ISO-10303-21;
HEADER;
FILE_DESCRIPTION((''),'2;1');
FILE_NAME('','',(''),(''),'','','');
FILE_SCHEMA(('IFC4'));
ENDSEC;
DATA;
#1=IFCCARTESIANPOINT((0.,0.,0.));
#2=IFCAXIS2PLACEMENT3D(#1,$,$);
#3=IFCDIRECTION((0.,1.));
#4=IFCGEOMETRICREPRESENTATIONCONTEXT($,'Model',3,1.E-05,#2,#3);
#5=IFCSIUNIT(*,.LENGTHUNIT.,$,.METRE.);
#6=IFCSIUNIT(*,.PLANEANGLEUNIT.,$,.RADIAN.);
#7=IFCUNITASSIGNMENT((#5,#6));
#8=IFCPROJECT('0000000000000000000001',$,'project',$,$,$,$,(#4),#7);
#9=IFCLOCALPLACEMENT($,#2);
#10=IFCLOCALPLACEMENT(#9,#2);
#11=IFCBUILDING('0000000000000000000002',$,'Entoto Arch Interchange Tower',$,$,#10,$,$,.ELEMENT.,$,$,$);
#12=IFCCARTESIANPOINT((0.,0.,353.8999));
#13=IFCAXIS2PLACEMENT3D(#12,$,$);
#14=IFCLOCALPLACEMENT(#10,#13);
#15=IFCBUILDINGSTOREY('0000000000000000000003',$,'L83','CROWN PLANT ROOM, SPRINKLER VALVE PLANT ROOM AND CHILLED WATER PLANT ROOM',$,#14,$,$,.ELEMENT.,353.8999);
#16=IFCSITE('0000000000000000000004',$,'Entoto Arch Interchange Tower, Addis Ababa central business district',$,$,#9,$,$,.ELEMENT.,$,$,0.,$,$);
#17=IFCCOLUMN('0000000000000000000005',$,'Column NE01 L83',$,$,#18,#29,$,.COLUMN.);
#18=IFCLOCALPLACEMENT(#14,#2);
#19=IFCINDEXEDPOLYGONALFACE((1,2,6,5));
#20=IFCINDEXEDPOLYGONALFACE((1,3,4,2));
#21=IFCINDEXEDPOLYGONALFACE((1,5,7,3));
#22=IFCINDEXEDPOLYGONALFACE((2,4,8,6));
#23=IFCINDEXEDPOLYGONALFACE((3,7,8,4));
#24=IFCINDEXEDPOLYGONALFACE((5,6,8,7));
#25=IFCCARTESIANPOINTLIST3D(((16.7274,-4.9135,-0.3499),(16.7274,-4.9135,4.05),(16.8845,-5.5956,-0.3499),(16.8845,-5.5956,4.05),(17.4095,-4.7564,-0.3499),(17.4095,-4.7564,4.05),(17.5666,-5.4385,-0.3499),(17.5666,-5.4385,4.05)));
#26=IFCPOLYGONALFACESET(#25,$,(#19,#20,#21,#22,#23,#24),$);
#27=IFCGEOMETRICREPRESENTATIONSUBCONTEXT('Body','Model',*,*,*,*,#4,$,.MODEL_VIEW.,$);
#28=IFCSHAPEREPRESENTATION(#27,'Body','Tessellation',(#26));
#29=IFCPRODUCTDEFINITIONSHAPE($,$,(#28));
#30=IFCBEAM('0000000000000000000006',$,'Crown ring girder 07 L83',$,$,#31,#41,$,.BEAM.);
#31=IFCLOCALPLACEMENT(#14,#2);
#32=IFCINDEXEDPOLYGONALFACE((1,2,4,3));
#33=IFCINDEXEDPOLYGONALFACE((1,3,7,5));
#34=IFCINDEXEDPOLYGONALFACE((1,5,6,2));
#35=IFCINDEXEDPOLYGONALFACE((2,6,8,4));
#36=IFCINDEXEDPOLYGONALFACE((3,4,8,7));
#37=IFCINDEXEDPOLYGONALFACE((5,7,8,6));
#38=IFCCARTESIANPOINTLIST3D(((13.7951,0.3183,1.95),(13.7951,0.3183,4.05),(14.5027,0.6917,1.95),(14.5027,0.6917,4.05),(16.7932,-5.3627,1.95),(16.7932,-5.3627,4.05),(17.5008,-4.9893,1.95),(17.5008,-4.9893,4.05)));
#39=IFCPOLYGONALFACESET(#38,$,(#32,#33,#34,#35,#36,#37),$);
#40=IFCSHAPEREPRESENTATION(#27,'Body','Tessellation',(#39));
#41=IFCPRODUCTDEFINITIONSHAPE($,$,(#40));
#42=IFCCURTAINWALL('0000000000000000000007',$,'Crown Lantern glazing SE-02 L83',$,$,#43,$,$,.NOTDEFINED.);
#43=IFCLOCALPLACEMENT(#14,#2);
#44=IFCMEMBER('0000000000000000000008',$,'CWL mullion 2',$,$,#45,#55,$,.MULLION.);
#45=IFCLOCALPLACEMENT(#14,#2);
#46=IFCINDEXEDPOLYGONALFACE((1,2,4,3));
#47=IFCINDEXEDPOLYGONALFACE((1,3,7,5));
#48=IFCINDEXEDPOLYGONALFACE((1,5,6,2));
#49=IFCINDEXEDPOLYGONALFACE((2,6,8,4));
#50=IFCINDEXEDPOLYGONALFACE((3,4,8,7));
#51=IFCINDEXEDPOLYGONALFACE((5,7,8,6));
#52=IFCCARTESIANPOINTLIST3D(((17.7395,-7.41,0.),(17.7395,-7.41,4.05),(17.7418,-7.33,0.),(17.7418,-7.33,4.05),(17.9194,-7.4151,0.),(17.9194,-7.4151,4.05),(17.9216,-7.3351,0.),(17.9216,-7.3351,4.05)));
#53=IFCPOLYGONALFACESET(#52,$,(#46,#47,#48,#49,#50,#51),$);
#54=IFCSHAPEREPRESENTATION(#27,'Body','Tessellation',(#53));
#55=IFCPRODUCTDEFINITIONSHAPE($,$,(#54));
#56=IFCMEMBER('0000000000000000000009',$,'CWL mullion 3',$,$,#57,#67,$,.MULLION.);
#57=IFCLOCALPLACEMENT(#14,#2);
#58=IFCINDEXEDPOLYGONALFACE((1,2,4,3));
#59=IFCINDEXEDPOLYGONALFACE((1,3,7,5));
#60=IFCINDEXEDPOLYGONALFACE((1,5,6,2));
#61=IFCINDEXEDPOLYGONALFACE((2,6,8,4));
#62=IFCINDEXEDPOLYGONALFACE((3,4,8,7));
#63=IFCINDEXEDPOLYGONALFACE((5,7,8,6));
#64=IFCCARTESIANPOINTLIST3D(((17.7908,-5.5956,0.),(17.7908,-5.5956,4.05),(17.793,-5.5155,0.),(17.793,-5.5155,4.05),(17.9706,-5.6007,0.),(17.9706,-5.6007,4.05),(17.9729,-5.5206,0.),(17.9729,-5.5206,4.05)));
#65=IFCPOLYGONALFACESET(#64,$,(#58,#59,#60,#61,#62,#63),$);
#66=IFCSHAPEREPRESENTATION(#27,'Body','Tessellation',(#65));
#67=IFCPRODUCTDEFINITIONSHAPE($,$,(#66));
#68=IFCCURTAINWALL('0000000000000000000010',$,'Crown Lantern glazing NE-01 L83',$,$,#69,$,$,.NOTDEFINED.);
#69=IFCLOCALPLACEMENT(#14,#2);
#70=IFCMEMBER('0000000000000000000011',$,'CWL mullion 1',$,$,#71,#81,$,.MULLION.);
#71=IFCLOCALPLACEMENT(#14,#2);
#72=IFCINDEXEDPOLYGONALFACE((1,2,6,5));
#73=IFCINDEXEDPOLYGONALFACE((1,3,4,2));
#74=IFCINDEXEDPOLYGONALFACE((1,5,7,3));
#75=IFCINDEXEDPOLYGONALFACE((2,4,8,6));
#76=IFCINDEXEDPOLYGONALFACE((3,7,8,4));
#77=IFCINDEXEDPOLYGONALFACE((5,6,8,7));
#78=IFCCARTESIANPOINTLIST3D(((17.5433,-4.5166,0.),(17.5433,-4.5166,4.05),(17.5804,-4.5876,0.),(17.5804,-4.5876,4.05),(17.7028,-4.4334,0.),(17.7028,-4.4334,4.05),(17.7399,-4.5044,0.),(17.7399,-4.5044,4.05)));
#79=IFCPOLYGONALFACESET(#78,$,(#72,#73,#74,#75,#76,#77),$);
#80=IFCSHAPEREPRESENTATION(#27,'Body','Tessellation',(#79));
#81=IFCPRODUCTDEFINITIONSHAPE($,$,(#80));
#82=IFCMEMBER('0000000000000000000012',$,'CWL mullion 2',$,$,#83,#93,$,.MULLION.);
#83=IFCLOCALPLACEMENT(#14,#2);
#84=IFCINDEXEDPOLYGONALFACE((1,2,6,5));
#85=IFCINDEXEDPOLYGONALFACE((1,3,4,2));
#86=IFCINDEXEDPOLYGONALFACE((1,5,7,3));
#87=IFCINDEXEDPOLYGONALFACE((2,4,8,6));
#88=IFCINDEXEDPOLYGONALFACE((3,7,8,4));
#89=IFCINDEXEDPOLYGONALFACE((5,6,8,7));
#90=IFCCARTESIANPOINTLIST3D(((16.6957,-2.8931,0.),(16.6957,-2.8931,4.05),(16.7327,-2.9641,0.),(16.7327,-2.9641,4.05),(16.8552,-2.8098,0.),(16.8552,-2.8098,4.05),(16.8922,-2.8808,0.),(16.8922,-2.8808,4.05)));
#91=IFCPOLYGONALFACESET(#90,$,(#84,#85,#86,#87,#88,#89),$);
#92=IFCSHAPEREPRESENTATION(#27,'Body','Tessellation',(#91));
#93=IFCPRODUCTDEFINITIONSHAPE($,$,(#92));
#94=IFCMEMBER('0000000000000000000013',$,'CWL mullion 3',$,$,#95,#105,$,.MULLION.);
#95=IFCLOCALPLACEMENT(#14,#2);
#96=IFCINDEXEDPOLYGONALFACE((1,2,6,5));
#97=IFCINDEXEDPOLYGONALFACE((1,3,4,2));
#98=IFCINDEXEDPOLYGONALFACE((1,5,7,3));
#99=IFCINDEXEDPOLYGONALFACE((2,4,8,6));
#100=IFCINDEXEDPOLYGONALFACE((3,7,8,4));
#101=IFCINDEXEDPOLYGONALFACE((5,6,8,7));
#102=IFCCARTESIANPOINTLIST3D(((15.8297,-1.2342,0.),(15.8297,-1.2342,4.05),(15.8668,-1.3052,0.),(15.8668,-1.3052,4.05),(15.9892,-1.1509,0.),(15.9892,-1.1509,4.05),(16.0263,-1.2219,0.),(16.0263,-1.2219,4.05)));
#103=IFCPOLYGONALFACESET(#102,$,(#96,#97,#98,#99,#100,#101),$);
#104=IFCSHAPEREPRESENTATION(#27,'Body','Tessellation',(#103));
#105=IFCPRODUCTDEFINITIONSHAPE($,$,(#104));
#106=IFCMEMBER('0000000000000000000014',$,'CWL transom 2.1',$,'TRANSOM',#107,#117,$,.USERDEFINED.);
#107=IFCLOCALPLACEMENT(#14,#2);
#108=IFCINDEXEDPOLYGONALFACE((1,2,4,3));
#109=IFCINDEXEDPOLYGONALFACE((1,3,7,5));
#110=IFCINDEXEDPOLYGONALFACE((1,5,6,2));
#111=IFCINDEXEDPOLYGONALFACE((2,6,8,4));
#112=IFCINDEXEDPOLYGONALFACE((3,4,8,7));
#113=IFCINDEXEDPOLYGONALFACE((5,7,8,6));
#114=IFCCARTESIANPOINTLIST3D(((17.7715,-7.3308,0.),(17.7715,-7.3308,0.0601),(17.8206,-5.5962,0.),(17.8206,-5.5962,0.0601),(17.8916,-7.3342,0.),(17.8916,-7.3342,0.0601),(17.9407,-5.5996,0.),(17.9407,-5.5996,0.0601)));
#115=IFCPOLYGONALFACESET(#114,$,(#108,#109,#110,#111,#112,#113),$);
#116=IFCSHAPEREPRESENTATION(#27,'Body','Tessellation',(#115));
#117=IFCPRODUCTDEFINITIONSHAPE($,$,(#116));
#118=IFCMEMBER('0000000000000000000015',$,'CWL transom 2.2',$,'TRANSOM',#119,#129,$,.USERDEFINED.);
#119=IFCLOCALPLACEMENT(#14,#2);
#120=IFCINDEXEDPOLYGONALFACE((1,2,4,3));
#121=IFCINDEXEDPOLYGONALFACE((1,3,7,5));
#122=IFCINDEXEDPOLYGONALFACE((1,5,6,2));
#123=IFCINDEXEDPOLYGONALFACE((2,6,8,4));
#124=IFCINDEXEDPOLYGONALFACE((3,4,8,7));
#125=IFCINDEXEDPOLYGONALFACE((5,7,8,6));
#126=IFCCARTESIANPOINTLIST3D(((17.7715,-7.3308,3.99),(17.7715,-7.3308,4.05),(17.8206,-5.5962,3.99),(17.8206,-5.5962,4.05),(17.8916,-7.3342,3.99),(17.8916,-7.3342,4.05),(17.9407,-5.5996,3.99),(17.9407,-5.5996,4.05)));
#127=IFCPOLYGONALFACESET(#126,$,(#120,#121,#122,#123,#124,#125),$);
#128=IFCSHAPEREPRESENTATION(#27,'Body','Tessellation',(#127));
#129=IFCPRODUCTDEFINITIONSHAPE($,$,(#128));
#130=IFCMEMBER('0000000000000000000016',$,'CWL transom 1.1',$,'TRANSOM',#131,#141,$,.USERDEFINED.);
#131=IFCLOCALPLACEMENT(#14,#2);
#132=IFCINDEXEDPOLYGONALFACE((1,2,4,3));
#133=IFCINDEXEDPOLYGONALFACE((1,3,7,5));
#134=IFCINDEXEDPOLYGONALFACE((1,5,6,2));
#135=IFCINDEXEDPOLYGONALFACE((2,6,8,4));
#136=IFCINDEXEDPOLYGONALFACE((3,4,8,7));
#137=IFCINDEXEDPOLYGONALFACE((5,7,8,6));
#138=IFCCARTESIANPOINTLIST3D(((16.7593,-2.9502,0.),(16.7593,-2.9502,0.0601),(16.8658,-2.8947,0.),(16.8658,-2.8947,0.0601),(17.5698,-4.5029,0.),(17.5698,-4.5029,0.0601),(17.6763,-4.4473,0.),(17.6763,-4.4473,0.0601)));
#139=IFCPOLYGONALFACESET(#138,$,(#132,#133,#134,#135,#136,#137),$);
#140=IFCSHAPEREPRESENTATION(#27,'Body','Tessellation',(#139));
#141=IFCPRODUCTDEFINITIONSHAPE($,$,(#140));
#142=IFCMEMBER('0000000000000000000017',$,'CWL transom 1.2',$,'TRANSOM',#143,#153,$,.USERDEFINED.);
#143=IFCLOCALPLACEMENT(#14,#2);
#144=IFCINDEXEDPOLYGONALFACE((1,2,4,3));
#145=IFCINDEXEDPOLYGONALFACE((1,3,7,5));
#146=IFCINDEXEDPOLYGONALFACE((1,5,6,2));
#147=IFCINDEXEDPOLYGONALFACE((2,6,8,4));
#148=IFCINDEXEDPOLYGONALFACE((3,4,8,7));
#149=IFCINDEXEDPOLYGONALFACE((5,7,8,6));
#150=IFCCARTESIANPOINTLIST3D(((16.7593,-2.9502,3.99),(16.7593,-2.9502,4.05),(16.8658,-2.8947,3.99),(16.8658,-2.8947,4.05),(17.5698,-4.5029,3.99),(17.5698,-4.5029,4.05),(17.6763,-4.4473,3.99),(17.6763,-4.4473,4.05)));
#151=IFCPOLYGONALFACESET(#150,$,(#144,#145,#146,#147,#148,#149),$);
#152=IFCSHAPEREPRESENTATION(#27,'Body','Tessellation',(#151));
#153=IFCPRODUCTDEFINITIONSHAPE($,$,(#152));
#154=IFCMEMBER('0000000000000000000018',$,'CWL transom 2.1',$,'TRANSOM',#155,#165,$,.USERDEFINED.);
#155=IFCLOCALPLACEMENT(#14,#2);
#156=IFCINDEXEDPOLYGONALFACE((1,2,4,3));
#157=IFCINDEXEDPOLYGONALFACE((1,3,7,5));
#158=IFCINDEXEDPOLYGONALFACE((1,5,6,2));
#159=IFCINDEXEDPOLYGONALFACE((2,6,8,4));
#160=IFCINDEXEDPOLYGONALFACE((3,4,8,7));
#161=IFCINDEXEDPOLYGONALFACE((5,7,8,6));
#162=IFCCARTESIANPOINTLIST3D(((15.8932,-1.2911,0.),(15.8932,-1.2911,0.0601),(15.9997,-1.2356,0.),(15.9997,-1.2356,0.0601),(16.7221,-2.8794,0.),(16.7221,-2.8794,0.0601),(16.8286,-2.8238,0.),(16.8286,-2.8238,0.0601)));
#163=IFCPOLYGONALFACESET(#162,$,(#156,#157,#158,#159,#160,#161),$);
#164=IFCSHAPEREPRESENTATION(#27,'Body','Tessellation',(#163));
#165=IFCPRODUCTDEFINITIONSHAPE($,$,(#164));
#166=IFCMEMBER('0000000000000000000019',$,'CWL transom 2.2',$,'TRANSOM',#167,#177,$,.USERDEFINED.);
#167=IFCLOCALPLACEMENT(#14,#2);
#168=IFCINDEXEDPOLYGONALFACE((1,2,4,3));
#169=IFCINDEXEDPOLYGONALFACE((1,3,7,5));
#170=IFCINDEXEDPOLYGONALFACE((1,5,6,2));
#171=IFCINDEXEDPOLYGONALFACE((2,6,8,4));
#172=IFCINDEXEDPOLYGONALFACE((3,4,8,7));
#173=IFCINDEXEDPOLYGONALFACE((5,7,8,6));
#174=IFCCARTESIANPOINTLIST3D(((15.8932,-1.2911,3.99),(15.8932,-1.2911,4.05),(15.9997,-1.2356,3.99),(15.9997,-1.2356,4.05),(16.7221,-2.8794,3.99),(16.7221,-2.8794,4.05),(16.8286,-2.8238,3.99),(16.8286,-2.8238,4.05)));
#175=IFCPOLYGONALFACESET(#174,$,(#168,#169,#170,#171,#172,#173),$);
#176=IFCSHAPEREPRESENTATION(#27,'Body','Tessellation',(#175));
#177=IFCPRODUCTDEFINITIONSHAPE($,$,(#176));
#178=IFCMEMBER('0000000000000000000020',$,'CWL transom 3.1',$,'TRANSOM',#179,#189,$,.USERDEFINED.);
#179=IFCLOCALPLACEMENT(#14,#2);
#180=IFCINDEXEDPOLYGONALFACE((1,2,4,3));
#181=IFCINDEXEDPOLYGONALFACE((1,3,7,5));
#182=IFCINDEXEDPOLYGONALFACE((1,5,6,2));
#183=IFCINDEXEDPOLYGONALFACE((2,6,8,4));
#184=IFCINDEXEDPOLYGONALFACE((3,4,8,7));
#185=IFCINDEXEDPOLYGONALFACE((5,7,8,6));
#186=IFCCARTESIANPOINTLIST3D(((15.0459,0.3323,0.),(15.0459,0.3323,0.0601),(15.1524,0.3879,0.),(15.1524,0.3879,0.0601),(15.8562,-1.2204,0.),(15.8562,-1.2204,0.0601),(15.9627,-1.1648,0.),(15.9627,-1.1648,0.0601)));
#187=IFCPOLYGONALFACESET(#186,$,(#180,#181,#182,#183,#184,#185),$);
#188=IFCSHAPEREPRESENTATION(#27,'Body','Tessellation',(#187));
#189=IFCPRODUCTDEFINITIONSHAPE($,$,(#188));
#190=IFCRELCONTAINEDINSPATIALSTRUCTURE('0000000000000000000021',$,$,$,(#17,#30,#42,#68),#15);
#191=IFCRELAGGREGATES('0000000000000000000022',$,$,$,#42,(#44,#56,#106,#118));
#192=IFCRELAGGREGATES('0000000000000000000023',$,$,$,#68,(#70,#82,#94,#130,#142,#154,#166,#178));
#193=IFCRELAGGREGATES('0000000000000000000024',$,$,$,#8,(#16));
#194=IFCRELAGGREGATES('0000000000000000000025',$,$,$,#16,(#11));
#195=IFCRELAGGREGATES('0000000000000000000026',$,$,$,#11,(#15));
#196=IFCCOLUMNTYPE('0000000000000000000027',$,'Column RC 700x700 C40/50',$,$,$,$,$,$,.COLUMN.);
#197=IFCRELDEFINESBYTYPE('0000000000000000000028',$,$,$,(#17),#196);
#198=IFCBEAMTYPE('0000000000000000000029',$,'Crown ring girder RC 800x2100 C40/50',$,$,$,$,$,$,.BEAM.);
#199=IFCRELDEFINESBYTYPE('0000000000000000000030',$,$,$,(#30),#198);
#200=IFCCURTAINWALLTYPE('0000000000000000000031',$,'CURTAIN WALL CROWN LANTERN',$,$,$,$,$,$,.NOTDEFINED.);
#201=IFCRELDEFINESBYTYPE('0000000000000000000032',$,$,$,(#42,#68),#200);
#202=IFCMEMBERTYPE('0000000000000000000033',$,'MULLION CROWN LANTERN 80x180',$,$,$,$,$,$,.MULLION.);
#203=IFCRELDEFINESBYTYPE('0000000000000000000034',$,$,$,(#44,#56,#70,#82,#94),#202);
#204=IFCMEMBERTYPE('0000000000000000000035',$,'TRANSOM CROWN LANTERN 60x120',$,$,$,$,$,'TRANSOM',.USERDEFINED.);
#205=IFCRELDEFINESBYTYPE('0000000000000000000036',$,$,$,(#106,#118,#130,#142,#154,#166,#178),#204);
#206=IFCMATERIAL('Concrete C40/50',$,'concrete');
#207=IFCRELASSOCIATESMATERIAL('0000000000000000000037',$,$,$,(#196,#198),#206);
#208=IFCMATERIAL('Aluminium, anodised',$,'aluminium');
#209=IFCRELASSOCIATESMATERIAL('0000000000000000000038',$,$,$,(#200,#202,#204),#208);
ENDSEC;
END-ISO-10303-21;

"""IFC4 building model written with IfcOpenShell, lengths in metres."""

from ifc_helpers import new_model, si_unit, direction, frame, origin, origin_2d, place, context, subcontext, project, spatial, rectangle, extrude, material, material_profile, profile_set, type_object, element, aggregate, save


model = new_model("IFC4")

# Units and contexts
model_context = context("Model", 3, precision=1e-05, world=origin(), true_north=direction((0.0, 1.0)))
body_context = subcontext(model_context, "Body", "Model", "MODEL_VIEW")
ifc_project = project(units=[si_unit("LENGTHUNIT", "METRE"), si_unit("PLANEANGLEUNIT", "RADIAN")], contexts=[model_context])

# Site, building, storey
site_placement = place(None, origin())
site = spatial("IfcSite", under=ifc_project, at=site_placement, Name="Entoto Arch Interchange Tower, Addis Ababa central business district", CompositionType="ELEMENT", RefElevation=0.0)
building_placement = place(site_placement, origin())
building = spatial("IfcBuilding", under=site, at=building_placement, Name="Entoto Arch Interchange Tower", CompositionType="ELEMENT")
storey_placement = place(building_placement, frame((0.0, 0.0, 353.8999)))
storey = spatial("IfcBuildingStorey", under=building, at=storey_placement, Name="L83", Description="CROWN PLANT ROOM, SPRINKLER VALVE PLANT ROOM AND CHILLED WATER PLANT ROOM", CompositionType="ELEMENT", Elevation=353.8999)

# Column
ifc_material_1 = material(Name="Concrete C40/50", Category="concrete")
ifc_material_profile_1 = material_profile(ifc_material_1, rectangle(XDim=0.7, YDim=0.7, at=origin_2d()))
ifc_profile_set_1 = profile_set([ifc_material_profile_1], Name="Concrete C40/50")
column_type = type_object("IfcColumnType", Name="Column RC 700x700 C40/50", PredefinedType="COLUMN", material=ifc_profile_set_1)
column_placement = place(storey_placement, frame((17.147, -5.176, -0.3499), z_axis=(0.0, 0.0, 1.0), x_axis=(-0.224407, 0.974496, 0.0)))
element("IfcColumn", 1, at=column_placement, inside=storey, type_object=column_type, Name="Column NE01 L83", PredefinedType="COLUMN", context=body_context, shape_type="SweptSolid", body=[
    extrude(rectangle(XDim=0.7, YDim=0.7, at=origin_2d()), origin(), (0.0, 0.0, 1.0), 4.3999),
])

# Beam
ifc_material_profile_2 = material_profile(ifc_material_1, rectangle(XDim=0.8, YDim=2.1001, at=origin_2d()))
ifc_profile_set_2 = profile_set([ifc_material_profile_2], Name="Concrete C40/50")
beam_type = type_object("IfcBeamType", Name="Crown ring girder RC 800x2100 C40/50", PredefinedType="BEAM", material=ifc_profile_set_2)
beam_placement = place(storey_placement, frame((17.147, -5.176, 3.0), z_axis=(-0.466733, 0.884398, 0.0), x_axis=(-0.884398, -0.466733, 0.0)))
element("IfcBeam", 2, at=beam_placement, inside=storey, type_object=beam_type, Name="Crown ring girder 07 L83", PredefinedType="BEAM", context=body_context, shape_type="SweptSolid", body=[
    extrude(rectangle(XDim=0.8, YDim=2.1001, at=origin_2d()), origin(), (0.0, 0.0, 1.0), 6.4236),
])

# Curtain walls, members
ifc_material_2 = material(Name="Aluminium, anodised", Category="aluminium")
curtain_wall_type = type_object("IfcCurtainWallType", Name="CURTAIN WALL CROWN LANTERN", PredefinedType="NOTDEFINED", material=ifc_material_2)
curtain_wall_1_placement = place(storey_placement, origin())
curtain_wall_1 = element("IfcCurtainWall", 3, at=curtain_wall_1_placement, inside=storey, type_object=curtain_wall_type, Name="Crown Lantern glazing SE-02 L83", PredefinedType="NOTDEFINED")
ifc_material_profile_3 = material_profile(ifc_material_2, rectangle(XDim=0.1799, YDim=0.0801, at=origin_2d()))
ifc_profile_set_3 = profile_set([ifc_material_profile_3], Name="Aluminium, anodised")
member_type_1 = type_object("IfcMemberType", Name="MULLION CROWN LANTERN 80x180", PredefinedType="MULLION", material=ifc_profile_set_3)
member_1_placement = place(storey_placement, frame((17.8306, -7.3726, 0.0), z_axis=(0.0, 0.0, 1.0), x_axis=(-0.9996, 0.028298, 0.0)))
member_1 = element("IfcMember", 4, at=member_1_placement, type_object=member_type_1, Name="CWL mullion 2", PredefinedType="MULLION", context=body_context, shape_type="SweptSolid", body=[
    extrude(rectangle(XDim=0.1799, YDim=0.0801, at=origin_2d()), origin(), (0.0, 0.0, 1.0), 4.05),
])
member_2_placement = place(storey_placement, frame((17.8818, -5.5581, 0.0), z_axis=(0.0, 0.0, 1.0), x_axis=(-0.9996, 0.028298, 0.0)))
member_2 = element("IfcMember", 5, at=member_2_placement, type_object=member_type_1, Name="CWL mullion 3", PredefinedType="MULLION", context=body_context, shape_type="SweptSolid", body=[
    extrude(rectangle(XDim=0.1799, YDim=0.0801, at=origin_2d()), origin(), (0.0, 0.0, 1.0), 4.05),
])
curtain_wall_2_placement = place(storey_placement, origin())
curtain_wall_2 = element("IfcCurtainWall", 6, at=curtain_wall_2_placement, inside=storey, type_object=curtain_wall_type, Name="Crown Lantern glazing NE-01 L83", PredefinedType="NOTDEFINED")
member_3_placement = place(storey_placement, frame((17.6416, -4.5105, 0.0), z_axis=(0.0, 0.0, 1.0), x_axis=(-0.88649, -0.462749, 0.0)))
member_3 = element("IfcMember", 7, at=member_3_placement, type_object=member_type_1, Name="CWL mullion 1", PredefinedType="MULLION", context=body_context, shape_type="SweptSolid", body=[
    extrude(rectangle(XDim=0.1799, YDim=0.0801, at=origin_2d()), origin(), (0.0, 0.0, 1.0), 4.05),
])
member_4_placement = place(storey_placement, frame((16.7939, -2.887, 0.0), z_axis=(0.0, 0.0, 1.0), x_axis=(-0.88649, -0.462749, 0.0)))
member_4 = element("IfcMember", 8, at=member_4_placement, type_object=member_type_1, Name="CWL mullion 2", PredefinedType="MULLION", context=body_context, shape_type="SweptSolid", body=[
    extrude(rectangle(XDim=0.1799, YDim=0.0801, at=origin_2d()), origin(), (0.0, 0.0, 1.0), 4.05),
])
member_5_placement = place(storey_placement, frame((15.928, -1.228, 0.0), z_axis=(0.0, 0.0, 1.0), x_axis=(-0.88649, -0.462749, 0.0)))
member_5 = element("IfcMember", 9, at=member_5_placement, type_object=member_type_1, Name="CWL mullion 3", PredefinedType="MULLION", context=body_context, shape_type="SweptSolid", body=[
    extrude(rectangle(XDim=0.1799, YDim=0.0801, at=origin_2d()), origin(), (0.0, 0.0, 1.0), 4.05),
])

# Members
ifc_material_profile_4 = material_profile(ifc_material_2, rectangle(XDim=0.1201, YDim=0.0601, at=origin_2d()))
ifc_profile_set_4 = profile_set([ifc_material_profile_4], Name="Aluminium, anodised")
member_type_2 = type_object("IfcMemberType", Name="TRANSOM CROWN LANTERN 60x120", ElementType="TRANSOM", PredefinedType="USERDEFINED", material=ifc_profile_set_4)
member_6_placement = place(storey_placement, frame((17.8315, -7.3325, 0.03), z_axis=(0.028279, 0.9996, 0.0), x_axis=(-0.9996, 0.028279, 0.0)))
member_6 = element("IfcMember", 10, at=member_6_placement, type_object=member_type_2, Name="CWL transom 2.1", ObjectType="TRANSOM", PredefinedType="USERDEFINED", context=body_context, shape_type="SweptSolid", body=[
    extrude(rectangle(XDim=0.1201, YDim=0.0601, at=origin_2d()), origin(), (0.0, 0.0, 1.0), 1.7354),
])
member_7_placement = place(storey_placement, frame((17.8315, -7.3325, 4.02), z_axis=(0.028279, 0.9996, 0.0), x_axis=(-0.9996, 0.028279, 0.0)))
member_7 = element("IfcMember", 11, at=member_7_placement, type_object=member_type_2, Name="CWL transom 2.2", ObjectType="TRANSOM", PredefinedType="USERDEFINED", context=body_context, shape_type="SweptSolid", body=[
    extrude(rectangle(XDim=0.1201, YDim=0.0601, at=origin_2d()), origin(), (0.0, 0.0, 1.0), 1.7354),
])
member_8_placement = place(storey_placement, frame((17.623, -4.4751, 0.03), z_axis=(-0.462757, 0.886485, 0.0), x_axis=(-0.886485, -0.462757, 0.0)))
member_8 = element("IfcMember", 12, at=member_8_placement, type_object=member_type_2, Name="CWL transom 1.1", ObjectType="TRANSOM", PredefinedType="USERDEFINED", context=body_context, shape_type="SweptSolid", body=[
    extrude(rectangle(XDim=0.1201, YDim=0.0601, at=origin_2d()), origin(), (0.0, 0.0, 1.0), 1.7515),
])
member_9_placement = place(storey_placement, frame((17.623, -4.4751, 4.02), z_axis=(-0.462757, 0.886485, 0.0), x_axis=(-0.886485, -0.462757, 0.0)))
member_9 = element("IfcMember", 13, at=member_9_placement, type_object=member_type_2, Name="CWL transom 1.2", ObjectType="TRANSOM", PredefinedType="USERDEFINED", context=body_context, shape_type="SweptSolid", body=[
    extrude(rectangle(XDim=0.1201, YDim=0.0601, at=origin_2d()), origin(), (0.0, 0.0, 1.0), 1.7515),
])
member_10_placement = place(storey_placement, frame((16.7754, -2.8516, 0.03), z_axis=(-0.462682, 0.886524, 0.0), x_axis=(-0.886524, -0.462682, 0.0)))
member_10 = element("IfcMember", 14, at=member_10_placement, type_object=member_type_2, Name="CWL transom 2.1", ObjectType="TRANSOM", PredefinedType="USERDEFINED", context=body_context, shape_type="SweptSolid", body=[
    extrude(rectangle(XDim=0.1201, YDim=0.0601, at=origin_2d()), origin(), (0.0, 0.0, 1.0), 1.7915),
])
member_11_placement = place(storey_placement, frame((16.7754, -2.8516, 4.02), z_axis=(-0.462682, 0.886524, 0.0), x_axis=(-0.886524, -0.462682, 0.0)))
member_11 = element("IfcMember", 15, at=member_11_placement, type_object=member_type_2, Name="CWL transom 2.2", ObjectType="TRANSOM", PredefinedType="USERDEFINED", context=body_context, shape_type="SweptSolid", body=[
    extrude(rectangle(XDim=0.1201, YDim=0.0601, at=origin_2d()), origin(), (0.0, 0.0, 1.0), 1.7915),
])
member_12_placement = place(storey_placement, frame((15.9094, -1.1926, 0.03), z_axis=(-0.462647, 0.886543, 0.0), x_axis=(-0.886543, -0.462647, 0.0)))
member_12 = element("IfcMember", 16, at=member_12_placement, type_object=member_type_2, Name="CWL transom 3.1", ObjectType="TRANSOM", PredefinedType="USERDEFINED", context=body_context, shape_type="SweptSolid", body=[
    extrude(rectangle(XDim=0.1201, YDim=0.0601, at=origin_2d()), origin(), (0.0, 0.0, 1.0), 1.7515),
])

aggregate(curtain_wall_1, [member_1, member_2, member_6, member_7])
aggregate(curtain_wall_2, [member_3, member_4, member_5, member_8, member_9, member_10, member_11, member_12])

save(model, "model.ifc")
